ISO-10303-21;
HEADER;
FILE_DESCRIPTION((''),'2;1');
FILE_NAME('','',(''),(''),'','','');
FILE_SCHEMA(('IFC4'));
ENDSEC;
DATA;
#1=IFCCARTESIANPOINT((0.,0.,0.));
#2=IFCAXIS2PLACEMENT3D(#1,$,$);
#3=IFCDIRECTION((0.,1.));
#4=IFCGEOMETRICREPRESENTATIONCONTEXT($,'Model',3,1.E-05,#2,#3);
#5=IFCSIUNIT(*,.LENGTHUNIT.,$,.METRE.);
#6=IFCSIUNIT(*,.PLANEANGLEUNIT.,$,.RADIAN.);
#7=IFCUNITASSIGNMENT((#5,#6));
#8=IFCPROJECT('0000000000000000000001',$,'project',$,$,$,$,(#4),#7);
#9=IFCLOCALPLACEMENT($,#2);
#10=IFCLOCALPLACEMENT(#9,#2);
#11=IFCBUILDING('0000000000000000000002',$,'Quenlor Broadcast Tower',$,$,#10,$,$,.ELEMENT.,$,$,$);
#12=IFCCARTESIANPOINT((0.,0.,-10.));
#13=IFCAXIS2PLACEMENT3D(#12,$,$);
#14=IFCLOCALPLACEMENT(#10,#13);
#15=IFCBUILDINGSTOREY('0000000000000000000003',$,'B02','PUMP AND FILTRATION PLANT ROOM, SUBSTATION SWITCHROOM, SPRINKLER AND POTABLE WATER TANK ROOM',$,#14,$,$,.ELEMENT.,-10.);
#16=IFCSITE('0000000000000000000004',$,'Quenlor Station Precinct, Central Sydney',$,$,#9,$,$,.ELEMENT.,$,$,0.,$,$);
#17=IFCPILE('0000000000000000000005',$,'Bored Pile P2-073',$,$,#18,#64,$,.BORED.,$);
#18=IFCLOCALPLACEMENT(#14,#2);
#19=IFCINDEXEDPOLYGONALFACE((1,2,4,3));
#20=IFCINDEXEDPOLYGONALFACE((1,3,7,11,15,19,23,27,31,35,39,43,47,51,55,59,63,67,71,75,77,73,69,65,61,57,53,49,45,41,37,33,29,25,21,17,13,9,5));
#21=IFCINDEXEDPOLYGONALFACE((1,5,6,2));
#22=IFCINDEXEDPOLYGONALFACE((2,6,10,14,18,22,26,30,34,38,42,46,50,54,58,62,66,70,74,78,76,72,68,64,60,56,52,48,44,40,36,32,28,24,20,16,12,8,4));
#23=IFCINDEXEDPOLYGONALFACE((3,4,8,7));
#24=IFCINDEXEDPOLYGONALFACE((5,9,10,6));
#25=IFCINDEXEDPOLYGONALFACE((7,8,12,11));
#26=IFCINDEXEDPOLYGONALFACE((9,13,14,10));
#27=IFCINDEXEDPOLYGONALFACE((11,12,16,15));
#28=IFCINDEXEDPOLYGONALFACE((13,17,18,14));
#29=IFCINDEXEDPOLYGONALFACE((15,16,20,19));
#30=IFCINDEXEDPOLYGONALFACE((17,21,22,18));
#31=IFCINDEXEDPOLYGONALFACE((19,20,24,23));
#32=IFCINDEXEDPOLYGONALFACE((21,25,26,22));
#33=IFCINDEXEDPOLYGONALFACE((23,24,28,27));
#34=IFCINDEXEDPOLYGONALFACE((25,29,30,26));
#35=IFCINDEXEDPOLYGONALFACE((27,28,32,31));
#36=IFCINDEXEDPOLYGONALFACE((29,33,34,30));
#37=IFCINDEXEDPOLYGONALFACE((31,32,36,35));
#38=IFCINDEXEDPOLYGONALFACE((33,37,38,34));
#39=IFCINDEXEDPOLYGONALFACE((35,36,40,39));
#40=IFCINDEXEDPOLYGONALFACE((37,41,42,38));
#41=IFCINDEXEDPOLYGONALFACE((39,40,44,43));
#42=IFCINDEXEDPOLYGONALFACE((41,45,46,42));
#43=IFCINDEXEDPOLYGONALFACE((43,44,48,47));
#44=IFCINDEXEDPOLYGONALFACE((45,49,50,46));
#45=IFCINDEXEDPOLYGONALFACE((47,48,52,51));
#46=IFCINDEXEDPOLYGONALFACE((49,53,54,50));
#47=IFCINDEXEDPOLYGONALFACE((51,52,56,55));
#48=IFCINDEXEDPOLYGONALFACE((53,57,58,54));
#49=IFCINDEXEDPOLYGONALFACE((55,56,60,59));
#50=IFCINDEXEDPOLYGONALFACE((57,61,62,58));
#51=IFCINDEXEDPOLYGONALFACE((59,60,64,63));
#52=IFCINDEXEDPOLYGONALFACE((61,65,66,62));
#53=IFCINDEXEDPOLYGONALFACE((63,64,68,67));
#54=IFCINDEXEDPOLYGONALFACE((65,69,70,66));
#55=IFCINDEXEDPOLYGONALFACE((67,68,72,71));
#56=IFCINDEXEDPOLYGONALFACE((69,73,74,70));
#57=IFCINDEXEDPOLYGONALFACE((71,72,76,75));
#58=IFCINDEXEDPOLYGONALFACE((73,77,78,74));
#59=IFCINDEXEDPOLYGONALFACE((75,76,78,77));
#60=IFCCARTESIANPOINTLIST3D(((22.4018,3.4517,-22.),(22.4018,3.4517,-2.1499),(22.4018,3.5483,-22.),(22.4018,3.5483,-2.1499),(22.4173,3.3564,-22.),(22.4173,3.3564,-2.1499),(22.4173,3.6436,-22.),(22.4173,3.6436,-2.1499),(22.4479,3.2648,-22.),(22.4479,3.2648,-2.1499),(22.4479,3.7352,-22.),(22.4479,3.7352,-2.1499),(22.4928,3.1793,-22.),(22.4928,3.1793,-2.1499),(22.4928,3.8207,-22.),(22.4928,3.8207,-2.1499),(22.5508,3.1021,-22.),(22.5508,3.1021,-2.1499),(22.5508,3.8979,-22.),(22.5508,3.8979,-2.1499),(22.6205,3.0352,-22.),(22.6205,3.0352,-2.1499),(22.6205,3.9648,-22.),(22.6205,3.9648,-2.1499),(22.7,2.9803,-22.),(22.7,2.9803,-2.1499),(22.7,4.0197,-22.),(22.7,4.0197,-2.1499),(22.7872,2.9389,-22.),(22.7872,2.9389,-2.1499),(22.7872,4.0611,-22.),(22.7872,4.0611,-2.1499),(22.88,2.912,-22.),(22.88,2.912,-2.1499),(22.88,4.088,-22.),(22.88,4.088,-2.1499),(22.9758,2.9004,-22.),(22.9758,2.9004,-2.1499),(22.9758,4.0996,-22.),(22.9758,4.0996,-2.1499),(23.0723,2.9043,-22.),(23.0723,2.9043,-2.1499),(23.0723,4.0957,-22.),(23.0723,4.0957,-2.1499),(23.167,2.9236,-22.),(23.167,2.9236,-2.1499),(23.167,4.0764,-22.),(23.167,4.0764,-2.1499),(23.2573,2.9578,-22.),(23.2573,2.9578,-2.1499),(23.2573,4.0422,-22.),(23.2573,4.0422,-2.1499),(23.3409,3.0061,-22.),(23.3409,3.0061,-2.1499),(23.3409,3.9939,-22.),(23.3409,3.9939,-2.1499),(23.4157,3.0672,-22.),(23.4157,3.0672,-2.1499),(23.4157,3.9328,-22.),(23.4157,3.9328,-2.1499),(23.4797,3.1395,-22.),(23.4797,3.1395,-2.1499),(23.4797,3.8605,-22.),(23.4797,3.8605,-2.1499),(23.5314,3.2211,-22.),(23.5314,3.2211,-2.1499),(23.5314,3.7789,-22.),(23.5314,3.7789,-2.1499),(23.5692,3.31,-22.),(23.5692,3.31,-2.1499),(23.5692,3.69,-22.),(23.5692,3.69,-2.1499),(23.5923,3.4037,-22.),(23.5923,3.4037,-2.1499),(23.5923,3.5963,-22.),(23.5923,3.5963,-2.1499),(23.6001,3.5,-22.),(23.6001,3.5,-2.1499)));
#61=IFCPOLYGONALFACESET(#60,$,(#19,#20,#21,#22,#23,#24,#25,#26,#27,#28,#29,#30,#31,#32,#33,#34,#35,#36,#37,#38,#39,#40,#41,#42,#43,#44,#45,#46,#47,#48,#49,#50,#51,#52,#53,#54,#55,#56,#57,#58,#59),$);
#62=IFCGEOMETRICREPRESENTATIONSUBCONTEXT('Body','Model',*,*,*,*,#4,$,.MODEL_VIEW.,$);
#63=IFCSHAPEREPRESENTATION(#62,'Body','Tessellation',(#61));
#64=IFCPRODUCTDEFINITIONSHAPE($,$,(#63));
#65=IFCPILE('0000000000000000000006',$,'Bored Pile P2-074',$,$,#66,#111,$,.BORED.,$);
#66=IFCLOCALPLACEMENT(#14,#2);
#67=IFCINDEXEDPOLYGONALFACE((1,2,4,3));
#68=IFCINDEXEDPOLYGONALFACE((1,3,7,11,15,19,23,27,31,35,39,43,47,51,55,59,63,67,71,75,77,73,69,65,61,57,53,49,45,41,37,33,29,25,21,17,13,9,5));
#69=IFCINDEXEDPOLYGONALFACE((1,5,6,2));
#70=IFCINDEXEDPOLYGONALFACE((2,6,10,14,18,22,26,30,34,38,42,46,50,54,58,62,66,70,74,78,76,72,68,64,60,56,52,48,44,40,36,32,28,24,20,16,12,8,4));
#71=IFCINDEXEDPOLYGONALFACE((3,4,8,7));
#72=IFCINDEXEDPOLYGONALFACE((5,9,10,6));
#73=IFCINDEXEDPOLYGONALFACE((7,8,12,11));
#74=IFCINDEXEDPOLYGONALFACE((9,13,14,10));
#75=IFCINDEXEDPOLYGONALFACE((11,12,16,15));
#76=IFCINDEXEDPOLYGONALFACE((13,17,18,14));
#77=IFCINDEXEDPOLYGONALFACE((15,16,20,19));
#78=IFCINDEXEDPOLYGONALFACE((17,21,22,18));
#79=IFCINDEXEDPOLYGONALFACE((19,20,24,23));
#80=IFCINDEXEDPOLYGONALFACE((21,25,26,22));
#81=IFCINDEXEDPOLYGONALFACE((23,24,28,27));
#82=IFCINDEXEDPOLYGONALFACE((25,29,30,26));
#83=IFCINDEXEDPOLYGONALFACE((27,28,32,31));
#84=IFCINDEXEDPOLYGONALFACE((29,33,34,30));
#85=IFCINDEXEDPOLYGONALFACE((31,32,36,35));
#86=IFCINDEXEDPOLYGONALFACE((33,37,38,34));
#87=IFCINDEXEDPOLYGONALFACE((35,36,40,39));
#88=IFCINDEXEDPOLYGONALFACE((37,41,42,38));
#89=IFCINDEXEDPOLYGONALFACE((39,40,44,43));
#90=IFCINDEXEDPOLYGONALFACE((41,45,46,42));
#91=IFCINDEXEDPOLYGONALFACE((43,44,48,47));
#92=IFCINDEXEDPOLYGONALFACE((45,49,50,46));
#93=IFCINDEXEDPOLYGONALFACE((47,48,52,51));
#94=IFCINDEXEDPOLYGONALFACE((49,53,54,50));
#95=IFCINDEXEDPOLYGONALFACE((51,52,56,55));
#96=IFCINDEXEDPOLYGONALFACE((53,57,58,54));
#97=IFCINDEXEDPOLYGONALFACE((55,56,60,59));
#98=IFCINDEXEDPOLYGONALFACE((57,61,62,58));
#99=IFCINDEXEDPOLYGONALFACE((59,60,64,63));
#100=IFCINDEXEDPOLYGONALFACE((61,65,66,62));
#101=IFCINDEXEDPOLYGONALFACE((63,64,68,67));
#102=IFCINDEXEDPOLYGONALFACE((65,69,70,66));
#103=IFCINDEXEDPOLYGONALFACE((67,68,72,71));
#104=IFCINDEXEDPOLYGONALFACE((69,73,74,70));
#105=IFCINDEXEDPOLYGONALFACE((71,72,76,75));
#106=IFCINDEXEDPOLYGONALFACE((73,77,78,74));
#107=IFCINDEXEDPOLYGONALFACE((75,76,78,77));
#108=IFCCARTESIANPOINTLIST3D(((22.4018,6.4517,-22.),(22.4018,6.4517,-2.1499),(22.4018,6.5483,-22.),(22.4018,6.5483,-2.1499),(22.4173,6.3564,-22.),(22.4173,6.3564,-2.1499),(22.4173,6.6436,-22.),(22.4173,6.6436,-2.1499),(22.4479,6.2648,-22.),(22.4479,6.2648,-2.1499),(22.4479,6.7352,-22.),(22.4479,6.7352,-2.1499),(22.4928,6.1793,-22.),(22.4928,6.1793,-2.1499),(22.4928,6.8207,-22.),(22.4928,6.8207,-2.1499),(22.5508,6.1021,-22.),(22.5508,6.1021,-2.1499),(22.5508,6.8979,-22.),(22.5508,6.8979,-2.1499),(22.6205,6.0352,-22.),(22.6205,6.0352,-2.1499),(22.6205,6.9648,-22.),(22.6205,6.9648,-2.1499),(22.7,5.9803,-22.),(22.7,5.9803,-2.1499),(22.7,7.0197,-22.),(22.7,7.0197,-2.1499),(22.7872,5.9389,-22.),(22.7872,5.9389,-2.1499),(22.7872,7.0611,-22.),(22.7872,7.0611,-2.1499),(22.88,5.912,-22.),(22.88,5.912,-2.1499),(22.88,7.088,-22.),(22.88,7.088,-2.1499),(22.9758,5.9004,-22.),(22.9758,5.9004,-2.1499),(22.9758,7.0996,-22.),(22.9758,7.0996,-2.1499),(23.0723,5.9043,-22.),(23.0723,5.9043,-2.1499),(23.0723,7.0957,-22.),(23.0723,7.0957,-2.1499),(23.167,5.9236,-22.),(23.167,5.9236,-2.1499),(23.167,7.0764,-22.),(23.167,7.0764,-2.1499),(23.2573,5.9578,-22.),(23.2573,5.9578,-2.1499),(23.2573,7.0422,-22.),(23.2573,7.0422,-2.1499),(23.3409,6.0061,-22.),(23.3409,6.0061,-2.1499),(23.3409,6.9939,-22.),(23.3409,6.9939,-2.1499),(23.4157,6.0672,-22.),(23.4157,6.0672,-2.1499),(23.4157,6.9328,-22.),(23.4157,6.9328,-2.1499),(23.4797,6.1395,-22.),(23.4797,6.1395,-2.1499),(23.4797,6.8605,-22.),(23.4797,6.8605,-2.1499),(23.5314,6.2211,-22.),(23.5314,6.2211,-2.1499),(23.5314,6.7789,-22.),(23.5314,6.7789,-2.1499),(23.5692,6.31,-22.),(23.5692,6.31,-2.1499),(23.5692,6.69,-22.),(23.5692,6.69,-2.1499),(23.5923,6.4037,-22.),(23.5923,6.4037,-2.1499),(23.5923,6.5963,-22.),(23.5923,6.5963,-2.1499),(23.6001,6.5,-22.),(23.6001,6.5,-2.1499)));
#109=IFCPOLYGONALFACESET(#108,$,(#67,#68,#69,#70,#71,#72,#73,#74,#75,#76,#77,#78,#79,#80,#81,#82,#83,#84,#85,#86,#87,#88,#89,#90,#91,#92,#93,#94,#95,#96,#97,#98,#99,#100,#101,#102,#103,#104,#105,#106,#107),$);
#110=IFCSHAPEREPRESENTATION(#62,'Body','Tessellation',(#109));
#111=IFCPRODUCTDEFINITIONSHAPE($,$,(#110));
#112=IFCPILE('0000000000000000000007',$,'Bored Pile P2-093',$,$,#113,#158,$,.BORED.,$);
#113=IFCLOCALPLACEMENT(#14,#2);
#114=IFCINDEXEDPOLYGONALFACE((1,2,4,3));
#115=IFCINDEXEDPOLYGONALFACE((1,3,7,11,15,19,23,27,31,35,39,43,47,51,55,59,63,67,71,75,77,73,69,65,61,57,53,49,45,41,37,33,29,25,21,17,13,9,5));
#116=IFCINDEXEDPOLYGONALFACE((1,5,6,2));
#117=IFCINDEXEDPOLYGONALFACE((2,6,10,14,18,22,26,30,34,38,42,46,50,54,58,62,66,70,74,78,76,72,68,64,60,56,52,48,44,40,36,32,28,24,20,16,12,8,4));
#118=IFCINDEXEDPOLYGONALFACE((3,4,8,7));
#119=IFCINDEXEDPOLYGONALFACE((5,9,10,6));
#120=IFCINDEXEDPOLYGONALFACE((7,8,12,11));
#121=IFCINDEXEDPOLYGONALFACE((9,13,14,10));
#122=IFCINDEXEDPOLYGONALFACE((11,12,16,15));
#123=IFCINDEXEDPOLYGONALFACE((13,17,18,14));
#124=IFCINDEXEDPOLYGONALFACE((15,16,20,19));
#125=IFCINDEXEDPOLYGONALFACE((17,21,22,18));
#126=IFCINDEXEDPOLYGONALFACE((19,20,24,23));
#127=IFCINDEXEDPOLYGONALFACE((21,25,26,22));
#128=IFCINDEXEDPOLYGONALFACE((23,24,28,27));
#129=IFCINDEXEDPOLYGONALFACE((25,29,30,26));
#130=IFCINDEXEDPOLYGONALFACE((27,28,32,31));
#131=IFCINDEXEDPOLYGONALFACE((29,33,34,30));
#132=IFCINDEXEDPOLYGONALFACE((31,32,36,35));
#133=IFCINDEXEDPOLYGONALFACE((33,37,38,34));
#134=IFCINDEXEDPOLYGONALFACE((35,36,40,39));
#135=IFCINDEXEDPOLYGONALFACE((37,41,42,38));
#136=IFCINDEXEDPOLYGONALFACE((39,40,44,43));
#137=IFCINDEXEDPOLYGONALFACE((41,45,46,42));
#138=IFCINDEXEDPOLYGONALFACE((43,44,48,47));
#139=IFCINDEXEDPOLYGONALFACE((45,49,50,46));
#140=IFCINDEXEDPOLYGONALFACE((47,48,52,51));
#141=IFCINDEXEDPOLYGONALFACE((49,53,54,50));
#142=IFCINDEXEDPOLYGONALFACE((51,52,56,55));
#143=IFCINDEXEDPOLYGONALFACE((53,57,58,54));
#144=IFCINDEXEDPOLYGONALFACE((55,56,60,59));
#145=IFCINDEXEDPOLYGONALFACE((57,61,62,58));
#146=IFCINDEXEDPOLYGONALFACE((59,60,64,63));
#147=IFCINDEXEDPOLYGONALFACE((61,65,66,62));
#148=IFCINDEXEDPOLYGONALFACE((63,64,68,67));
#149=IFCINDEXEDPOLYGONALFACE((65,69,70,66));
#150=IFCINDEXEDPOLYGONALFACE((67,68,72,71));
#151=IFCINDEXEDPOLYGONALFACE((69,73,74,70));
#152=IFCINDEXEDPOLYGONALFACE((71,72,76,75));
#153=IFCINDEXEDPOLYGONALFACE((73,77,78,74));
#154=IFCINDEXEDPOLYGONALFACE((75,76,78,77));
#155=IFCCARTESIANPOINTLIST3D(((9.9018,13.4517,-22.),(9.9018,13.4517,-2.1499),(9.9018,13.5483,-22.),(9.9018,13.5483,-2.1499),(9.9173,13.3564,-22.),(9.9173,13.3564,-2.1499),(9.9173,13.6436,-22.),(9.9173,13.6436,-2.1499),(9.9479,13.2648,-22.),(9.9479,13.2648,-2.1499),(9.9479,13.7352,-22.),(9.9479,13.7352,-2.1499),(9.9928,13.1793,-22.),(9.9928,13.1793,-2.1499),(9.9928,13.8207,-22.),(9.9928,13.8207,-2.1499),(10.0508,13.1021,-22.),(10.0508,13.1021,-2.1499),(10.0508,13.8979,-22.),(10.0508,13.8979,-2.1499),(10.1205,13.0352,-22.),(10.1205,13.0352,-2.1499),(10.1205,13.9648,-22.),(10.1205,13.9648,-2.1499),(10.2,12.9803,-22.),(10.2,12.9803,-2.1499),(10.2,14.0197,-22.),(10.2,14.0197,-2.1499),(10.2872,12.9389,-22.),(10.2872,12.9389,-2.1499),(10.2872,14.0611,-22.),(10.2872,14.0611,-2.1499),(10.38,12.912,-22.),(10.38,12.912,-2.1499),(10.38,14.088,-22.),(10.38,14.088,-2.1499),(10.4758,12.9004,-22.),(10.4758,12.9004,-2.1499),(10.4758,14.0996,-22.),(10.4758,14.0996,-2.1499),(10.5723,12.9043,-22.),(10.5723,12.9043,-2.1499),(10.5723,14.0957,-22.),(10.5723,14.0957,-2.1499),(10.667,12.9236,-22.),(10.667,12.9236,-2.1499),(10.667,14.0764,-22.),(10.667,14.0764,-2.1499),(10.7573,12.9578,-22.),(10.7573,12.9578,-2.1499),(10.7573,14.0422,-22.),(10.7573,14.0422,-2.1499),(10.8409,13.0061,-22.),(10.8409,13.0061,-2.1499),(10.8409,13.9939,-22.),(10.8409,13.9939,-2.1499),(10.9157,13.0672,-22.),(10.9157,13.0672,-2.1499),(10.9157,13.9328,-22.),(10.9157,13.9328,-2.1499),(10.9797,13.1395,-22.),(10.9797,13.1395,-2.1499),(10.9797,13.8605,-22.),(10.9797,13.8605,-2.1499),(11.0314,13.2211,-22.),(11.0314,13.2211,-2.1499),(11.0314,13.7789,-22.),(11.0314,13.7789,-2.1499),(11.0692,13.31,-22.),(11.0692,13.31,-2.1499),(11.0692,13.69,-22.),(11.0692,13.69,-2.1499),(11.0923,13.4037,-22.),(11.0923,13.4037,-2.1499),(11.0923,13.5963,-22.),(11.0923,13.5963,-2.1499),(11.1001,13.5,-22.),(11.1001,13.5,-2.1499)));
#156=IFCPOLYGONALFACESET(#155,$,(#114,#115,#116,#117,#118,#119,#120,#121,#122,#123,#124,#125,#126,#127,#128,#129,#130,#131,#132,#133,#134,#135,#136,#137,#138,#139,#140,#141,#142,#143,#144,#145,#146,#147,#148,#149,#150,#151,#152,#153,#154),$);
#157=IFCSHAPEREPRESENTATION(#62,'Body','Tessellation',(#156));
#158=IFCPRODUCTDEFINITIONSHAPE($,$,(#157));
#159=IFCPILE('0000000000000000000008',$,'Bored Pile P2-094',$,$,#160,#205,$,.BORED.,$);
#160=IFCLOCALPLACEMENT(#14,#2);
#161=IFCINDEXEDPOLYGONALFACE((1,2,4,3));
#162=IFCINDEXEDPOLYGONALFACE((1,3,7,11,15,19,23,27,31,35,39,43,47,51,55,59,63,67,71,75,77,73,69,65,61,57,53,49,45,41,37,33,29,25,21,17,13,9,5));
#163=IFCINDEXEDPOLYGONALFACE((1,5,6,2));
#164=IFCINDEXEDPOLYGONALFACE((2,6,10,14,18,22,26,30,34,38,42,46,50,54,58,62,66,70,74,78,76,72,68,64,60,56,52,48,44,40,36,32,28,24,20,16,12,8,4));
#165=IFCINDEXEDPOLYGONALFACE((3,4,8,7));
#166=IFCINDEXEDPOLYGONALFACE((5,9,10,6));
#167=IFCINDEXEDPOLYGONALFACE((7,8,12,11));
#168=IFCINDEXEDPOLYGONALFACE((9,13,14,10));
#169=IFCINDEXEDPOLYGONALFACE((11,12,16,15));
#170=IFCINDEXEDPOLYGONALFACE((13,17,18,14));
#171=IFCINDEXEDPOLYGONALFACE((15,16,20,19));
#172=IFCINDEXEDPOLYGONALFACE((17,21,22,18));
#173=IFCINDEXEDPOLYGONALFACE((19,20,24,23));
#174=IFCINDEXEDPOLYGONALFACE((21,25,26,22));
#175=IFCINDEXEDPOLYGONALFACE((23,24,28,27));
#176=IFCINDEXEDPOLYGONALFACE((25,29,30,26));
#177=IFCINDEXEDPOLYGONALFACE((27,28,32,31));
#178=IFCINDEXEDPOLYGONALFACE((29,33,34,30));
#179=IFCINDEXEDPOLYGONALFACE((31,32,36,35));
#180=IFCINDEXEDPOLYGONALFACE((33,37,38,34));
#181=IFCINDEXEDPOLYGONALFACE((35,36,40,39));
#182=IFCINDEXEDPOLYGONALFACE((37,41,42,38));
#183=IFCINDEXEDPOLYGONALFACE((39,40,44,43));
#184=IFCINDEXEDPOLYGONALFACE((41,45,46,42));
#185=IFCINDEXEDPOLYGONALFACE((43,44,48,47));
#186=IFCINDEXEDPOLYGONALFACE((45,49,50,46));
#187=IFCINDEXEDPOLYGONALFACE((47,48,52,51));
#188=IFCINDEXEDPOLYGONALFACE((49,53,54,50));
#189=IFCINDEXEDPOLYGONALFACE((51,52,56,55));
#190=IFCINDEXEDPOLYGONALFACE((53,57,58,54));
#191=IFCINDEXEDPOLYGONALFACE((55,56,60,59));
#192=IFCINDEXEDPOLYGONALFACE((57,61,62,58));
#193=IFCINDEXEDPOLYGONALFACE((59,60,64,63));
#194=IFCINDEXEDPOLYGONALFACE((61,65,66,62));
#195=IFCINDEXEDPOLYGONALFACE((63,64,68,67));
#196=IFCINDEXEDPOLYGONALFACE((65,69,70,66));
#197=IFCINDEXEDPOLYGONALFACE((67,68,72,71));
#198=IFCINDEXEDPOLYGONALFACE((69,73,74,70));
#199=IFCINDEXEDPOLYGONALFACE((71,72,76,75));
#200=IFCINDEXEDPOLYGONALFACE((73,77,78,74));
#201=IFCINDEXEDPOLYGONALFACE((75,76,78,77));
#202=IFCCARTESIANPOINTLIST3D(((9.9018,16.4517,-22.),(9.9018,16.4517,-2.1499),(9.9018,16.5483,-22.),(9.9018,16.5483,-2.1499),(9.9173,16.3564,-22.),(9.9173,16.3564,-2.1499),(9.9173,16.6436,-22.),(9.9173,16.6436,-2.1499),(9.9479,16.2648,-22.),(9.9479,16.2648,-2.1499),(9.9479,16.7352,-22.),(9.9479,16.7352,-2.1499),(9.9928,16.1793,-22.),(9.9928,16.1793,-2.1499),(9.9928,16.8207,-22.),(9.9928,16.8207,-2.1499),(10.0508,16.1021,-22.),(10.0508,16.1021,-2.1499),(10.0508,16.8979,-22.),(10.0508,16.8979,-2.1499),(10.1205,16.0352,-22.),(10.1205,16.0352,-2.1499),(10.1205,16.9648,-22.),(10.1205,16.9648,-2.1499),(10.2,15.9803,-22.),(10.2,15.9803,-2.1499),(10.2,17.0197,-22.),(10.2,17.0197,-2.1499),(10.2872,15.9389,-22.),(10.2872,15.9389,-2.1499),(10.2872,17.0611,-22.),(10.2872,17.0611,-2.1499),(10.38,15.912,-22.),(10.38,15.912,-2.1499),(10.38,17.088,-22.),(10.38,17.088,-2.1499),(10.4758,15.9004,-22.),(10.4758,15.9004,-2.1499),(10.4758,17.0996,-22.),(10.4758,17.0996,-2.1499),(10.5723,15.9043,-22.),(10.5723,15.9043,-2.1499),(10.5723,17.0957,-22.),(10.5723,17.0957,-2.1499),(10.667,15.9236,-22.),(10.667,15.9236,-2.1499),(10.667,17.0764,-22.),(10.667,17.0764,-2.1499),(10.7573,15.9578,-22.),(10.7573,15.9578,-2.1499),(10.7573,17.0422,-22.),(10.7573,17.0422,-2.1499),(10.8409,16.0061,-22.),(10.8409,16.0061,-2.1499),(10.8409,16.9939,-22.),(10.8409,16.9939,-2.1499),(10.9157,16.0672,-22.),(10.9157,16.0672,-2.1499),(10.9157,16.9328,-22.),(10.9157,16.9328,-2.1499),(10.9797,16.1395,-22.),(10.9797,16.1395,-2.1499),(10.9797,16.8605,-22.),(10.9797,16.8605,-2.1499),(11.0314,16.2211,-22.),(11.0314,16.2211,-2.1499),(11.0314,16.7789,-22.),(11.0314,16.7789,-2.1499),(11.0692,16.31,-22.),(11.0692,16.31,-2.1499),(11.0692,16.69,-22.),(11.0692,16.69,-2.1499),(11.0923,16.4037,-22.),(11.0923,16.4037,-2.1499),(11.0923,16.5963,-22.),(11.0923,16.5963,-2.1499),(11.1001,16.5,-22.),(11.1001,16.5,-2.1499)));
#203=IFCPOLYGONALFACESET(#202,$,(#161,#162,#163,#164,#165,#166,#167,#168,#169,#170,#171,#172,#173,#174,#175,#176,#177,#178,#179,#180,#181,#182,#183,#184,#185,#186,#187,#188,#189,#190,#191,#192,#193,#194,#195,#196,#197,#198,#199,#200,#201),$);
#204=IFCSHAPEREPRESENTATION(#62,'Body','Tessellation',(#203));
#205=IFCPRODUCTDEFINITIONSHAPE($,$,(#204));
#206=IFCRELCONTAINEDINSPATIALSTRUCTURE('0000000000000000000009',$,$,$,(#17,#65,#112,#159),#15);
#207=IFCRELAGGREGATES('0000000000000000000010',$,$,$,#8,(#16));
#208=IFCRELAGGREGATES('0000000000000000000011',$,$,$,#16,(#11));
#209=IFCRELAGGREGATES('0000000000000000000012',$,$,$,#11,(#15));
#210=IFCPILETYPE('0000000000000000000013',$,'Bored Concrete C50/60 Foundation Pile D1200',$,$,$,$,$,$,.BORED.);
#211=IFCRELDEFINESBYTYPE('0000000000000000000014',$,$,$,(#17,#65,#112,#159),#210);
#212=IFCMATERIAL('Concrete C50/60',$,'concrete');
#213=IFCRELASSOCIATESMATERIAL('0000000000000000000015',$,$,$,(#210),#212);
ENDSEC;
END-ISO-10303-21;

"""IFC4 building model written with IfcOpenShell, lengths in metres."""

from ifc_helpers import new_model, si_unit, direction, frame, origin, origin_2d, place, context, subcontext, project, spatial, circle, extrude, material, material_profile, profile_set, type_object, element, save


model = new_model("IFC4")

# Units and contexts
model_context = context("Model", 3, precision=1e-05, world=origin(), true_north=direction((0.0, 1.0)))
body_context = subcontext(model_context, "Body", "Model", "MODEL_VIEW")
ifc_project = project(units=[si_unit("LENGTHUNIT", "METRE"), si_unit("PLANEANGLEUNIT", "RADIAN")], contexts=[model_context])

# Site, building, storey
site_placement = place(None, origin())
site = spatial("IfcSite", under=ifc_project, at=site_placement, Name="Quenlor Station Precinct, Central Sydney", CompositionType="ELEMENT", RefElevation=0.0)
building_placement = place(site_placement, origin())
building = spatial("IfcBuilding", under=site, at=building_placement, Name="Quenlor Broadcast Tower", CompositionType="ELEMENT")
storey_placement = place(building_placement, frame((0.0, 0.0, -10.0)))
storey = spatial("IfcBuildingStorey", under=building, at=storey_placement, Name="B02", Description="PUMP AND FILTRATION PLANT ROOM, SUBSTATION SWITCHROOM, SPRINKLER AND POTABLE WATER TANK ROOM", CompositionType="ELEMENT", Elevation=-10.0)

# Piles
ifc_material_1 = material(Name="Concrete C50/60", Category="concrete")
ifc_material_profile_1 = material_profile(ifc_material_1, circle(Radius=0.6001, at=origin_2d()))
ifc_profile_set_1 = profile_set([ifc_material_profile_1], Name="Concrete C50/60 PILE1200")
pile_type = type_object("IfcPileType", Name="Bored Concrete C50/60 Foundation Pile D1200", PredefinedType="BORED", material=ifc_profile_set_1)
for number, where, z_axis, x_axis, name in (
    (1, (23.0, 3.5, -2.1499), (0.0, 0.0, -1.0), (1.0, 0.0, 0.0), "Bored Pile P2-073"),
    (2, (23.0, 6.5, -2.1499), (0.0, 0.0, -1.0), (1.0, 0.0, 0.0), "Bored Pile P2-074"),
    (3, (10.5, 13.5, -2.1499), (0.0, 0.0, -1.0), (1.0, 0.0, 0.0), "Bored Pile P2-093"),
    (4, (10.5, 16.5, -2.1499), (0.0, 0.0, -1.0), (1.0, 0.0, 0.0), "Bored Pile P2-094"),
):
    element("IfcPile", number, at=place(storey_placement, frame(where, z_axis=z_axis, x_axis=x_axis)), inside=storey, type_object=pile_type, Name=name, PredefinedType="BORED", context=body_context, shape_type="SweptSolid", body=[
        extrude(circle(Radius=0.6001, at=origin_2d()), origin(), (0.0, 0.0, 1.0), 19.8501),
    ])

save(model, "model.ifc")
